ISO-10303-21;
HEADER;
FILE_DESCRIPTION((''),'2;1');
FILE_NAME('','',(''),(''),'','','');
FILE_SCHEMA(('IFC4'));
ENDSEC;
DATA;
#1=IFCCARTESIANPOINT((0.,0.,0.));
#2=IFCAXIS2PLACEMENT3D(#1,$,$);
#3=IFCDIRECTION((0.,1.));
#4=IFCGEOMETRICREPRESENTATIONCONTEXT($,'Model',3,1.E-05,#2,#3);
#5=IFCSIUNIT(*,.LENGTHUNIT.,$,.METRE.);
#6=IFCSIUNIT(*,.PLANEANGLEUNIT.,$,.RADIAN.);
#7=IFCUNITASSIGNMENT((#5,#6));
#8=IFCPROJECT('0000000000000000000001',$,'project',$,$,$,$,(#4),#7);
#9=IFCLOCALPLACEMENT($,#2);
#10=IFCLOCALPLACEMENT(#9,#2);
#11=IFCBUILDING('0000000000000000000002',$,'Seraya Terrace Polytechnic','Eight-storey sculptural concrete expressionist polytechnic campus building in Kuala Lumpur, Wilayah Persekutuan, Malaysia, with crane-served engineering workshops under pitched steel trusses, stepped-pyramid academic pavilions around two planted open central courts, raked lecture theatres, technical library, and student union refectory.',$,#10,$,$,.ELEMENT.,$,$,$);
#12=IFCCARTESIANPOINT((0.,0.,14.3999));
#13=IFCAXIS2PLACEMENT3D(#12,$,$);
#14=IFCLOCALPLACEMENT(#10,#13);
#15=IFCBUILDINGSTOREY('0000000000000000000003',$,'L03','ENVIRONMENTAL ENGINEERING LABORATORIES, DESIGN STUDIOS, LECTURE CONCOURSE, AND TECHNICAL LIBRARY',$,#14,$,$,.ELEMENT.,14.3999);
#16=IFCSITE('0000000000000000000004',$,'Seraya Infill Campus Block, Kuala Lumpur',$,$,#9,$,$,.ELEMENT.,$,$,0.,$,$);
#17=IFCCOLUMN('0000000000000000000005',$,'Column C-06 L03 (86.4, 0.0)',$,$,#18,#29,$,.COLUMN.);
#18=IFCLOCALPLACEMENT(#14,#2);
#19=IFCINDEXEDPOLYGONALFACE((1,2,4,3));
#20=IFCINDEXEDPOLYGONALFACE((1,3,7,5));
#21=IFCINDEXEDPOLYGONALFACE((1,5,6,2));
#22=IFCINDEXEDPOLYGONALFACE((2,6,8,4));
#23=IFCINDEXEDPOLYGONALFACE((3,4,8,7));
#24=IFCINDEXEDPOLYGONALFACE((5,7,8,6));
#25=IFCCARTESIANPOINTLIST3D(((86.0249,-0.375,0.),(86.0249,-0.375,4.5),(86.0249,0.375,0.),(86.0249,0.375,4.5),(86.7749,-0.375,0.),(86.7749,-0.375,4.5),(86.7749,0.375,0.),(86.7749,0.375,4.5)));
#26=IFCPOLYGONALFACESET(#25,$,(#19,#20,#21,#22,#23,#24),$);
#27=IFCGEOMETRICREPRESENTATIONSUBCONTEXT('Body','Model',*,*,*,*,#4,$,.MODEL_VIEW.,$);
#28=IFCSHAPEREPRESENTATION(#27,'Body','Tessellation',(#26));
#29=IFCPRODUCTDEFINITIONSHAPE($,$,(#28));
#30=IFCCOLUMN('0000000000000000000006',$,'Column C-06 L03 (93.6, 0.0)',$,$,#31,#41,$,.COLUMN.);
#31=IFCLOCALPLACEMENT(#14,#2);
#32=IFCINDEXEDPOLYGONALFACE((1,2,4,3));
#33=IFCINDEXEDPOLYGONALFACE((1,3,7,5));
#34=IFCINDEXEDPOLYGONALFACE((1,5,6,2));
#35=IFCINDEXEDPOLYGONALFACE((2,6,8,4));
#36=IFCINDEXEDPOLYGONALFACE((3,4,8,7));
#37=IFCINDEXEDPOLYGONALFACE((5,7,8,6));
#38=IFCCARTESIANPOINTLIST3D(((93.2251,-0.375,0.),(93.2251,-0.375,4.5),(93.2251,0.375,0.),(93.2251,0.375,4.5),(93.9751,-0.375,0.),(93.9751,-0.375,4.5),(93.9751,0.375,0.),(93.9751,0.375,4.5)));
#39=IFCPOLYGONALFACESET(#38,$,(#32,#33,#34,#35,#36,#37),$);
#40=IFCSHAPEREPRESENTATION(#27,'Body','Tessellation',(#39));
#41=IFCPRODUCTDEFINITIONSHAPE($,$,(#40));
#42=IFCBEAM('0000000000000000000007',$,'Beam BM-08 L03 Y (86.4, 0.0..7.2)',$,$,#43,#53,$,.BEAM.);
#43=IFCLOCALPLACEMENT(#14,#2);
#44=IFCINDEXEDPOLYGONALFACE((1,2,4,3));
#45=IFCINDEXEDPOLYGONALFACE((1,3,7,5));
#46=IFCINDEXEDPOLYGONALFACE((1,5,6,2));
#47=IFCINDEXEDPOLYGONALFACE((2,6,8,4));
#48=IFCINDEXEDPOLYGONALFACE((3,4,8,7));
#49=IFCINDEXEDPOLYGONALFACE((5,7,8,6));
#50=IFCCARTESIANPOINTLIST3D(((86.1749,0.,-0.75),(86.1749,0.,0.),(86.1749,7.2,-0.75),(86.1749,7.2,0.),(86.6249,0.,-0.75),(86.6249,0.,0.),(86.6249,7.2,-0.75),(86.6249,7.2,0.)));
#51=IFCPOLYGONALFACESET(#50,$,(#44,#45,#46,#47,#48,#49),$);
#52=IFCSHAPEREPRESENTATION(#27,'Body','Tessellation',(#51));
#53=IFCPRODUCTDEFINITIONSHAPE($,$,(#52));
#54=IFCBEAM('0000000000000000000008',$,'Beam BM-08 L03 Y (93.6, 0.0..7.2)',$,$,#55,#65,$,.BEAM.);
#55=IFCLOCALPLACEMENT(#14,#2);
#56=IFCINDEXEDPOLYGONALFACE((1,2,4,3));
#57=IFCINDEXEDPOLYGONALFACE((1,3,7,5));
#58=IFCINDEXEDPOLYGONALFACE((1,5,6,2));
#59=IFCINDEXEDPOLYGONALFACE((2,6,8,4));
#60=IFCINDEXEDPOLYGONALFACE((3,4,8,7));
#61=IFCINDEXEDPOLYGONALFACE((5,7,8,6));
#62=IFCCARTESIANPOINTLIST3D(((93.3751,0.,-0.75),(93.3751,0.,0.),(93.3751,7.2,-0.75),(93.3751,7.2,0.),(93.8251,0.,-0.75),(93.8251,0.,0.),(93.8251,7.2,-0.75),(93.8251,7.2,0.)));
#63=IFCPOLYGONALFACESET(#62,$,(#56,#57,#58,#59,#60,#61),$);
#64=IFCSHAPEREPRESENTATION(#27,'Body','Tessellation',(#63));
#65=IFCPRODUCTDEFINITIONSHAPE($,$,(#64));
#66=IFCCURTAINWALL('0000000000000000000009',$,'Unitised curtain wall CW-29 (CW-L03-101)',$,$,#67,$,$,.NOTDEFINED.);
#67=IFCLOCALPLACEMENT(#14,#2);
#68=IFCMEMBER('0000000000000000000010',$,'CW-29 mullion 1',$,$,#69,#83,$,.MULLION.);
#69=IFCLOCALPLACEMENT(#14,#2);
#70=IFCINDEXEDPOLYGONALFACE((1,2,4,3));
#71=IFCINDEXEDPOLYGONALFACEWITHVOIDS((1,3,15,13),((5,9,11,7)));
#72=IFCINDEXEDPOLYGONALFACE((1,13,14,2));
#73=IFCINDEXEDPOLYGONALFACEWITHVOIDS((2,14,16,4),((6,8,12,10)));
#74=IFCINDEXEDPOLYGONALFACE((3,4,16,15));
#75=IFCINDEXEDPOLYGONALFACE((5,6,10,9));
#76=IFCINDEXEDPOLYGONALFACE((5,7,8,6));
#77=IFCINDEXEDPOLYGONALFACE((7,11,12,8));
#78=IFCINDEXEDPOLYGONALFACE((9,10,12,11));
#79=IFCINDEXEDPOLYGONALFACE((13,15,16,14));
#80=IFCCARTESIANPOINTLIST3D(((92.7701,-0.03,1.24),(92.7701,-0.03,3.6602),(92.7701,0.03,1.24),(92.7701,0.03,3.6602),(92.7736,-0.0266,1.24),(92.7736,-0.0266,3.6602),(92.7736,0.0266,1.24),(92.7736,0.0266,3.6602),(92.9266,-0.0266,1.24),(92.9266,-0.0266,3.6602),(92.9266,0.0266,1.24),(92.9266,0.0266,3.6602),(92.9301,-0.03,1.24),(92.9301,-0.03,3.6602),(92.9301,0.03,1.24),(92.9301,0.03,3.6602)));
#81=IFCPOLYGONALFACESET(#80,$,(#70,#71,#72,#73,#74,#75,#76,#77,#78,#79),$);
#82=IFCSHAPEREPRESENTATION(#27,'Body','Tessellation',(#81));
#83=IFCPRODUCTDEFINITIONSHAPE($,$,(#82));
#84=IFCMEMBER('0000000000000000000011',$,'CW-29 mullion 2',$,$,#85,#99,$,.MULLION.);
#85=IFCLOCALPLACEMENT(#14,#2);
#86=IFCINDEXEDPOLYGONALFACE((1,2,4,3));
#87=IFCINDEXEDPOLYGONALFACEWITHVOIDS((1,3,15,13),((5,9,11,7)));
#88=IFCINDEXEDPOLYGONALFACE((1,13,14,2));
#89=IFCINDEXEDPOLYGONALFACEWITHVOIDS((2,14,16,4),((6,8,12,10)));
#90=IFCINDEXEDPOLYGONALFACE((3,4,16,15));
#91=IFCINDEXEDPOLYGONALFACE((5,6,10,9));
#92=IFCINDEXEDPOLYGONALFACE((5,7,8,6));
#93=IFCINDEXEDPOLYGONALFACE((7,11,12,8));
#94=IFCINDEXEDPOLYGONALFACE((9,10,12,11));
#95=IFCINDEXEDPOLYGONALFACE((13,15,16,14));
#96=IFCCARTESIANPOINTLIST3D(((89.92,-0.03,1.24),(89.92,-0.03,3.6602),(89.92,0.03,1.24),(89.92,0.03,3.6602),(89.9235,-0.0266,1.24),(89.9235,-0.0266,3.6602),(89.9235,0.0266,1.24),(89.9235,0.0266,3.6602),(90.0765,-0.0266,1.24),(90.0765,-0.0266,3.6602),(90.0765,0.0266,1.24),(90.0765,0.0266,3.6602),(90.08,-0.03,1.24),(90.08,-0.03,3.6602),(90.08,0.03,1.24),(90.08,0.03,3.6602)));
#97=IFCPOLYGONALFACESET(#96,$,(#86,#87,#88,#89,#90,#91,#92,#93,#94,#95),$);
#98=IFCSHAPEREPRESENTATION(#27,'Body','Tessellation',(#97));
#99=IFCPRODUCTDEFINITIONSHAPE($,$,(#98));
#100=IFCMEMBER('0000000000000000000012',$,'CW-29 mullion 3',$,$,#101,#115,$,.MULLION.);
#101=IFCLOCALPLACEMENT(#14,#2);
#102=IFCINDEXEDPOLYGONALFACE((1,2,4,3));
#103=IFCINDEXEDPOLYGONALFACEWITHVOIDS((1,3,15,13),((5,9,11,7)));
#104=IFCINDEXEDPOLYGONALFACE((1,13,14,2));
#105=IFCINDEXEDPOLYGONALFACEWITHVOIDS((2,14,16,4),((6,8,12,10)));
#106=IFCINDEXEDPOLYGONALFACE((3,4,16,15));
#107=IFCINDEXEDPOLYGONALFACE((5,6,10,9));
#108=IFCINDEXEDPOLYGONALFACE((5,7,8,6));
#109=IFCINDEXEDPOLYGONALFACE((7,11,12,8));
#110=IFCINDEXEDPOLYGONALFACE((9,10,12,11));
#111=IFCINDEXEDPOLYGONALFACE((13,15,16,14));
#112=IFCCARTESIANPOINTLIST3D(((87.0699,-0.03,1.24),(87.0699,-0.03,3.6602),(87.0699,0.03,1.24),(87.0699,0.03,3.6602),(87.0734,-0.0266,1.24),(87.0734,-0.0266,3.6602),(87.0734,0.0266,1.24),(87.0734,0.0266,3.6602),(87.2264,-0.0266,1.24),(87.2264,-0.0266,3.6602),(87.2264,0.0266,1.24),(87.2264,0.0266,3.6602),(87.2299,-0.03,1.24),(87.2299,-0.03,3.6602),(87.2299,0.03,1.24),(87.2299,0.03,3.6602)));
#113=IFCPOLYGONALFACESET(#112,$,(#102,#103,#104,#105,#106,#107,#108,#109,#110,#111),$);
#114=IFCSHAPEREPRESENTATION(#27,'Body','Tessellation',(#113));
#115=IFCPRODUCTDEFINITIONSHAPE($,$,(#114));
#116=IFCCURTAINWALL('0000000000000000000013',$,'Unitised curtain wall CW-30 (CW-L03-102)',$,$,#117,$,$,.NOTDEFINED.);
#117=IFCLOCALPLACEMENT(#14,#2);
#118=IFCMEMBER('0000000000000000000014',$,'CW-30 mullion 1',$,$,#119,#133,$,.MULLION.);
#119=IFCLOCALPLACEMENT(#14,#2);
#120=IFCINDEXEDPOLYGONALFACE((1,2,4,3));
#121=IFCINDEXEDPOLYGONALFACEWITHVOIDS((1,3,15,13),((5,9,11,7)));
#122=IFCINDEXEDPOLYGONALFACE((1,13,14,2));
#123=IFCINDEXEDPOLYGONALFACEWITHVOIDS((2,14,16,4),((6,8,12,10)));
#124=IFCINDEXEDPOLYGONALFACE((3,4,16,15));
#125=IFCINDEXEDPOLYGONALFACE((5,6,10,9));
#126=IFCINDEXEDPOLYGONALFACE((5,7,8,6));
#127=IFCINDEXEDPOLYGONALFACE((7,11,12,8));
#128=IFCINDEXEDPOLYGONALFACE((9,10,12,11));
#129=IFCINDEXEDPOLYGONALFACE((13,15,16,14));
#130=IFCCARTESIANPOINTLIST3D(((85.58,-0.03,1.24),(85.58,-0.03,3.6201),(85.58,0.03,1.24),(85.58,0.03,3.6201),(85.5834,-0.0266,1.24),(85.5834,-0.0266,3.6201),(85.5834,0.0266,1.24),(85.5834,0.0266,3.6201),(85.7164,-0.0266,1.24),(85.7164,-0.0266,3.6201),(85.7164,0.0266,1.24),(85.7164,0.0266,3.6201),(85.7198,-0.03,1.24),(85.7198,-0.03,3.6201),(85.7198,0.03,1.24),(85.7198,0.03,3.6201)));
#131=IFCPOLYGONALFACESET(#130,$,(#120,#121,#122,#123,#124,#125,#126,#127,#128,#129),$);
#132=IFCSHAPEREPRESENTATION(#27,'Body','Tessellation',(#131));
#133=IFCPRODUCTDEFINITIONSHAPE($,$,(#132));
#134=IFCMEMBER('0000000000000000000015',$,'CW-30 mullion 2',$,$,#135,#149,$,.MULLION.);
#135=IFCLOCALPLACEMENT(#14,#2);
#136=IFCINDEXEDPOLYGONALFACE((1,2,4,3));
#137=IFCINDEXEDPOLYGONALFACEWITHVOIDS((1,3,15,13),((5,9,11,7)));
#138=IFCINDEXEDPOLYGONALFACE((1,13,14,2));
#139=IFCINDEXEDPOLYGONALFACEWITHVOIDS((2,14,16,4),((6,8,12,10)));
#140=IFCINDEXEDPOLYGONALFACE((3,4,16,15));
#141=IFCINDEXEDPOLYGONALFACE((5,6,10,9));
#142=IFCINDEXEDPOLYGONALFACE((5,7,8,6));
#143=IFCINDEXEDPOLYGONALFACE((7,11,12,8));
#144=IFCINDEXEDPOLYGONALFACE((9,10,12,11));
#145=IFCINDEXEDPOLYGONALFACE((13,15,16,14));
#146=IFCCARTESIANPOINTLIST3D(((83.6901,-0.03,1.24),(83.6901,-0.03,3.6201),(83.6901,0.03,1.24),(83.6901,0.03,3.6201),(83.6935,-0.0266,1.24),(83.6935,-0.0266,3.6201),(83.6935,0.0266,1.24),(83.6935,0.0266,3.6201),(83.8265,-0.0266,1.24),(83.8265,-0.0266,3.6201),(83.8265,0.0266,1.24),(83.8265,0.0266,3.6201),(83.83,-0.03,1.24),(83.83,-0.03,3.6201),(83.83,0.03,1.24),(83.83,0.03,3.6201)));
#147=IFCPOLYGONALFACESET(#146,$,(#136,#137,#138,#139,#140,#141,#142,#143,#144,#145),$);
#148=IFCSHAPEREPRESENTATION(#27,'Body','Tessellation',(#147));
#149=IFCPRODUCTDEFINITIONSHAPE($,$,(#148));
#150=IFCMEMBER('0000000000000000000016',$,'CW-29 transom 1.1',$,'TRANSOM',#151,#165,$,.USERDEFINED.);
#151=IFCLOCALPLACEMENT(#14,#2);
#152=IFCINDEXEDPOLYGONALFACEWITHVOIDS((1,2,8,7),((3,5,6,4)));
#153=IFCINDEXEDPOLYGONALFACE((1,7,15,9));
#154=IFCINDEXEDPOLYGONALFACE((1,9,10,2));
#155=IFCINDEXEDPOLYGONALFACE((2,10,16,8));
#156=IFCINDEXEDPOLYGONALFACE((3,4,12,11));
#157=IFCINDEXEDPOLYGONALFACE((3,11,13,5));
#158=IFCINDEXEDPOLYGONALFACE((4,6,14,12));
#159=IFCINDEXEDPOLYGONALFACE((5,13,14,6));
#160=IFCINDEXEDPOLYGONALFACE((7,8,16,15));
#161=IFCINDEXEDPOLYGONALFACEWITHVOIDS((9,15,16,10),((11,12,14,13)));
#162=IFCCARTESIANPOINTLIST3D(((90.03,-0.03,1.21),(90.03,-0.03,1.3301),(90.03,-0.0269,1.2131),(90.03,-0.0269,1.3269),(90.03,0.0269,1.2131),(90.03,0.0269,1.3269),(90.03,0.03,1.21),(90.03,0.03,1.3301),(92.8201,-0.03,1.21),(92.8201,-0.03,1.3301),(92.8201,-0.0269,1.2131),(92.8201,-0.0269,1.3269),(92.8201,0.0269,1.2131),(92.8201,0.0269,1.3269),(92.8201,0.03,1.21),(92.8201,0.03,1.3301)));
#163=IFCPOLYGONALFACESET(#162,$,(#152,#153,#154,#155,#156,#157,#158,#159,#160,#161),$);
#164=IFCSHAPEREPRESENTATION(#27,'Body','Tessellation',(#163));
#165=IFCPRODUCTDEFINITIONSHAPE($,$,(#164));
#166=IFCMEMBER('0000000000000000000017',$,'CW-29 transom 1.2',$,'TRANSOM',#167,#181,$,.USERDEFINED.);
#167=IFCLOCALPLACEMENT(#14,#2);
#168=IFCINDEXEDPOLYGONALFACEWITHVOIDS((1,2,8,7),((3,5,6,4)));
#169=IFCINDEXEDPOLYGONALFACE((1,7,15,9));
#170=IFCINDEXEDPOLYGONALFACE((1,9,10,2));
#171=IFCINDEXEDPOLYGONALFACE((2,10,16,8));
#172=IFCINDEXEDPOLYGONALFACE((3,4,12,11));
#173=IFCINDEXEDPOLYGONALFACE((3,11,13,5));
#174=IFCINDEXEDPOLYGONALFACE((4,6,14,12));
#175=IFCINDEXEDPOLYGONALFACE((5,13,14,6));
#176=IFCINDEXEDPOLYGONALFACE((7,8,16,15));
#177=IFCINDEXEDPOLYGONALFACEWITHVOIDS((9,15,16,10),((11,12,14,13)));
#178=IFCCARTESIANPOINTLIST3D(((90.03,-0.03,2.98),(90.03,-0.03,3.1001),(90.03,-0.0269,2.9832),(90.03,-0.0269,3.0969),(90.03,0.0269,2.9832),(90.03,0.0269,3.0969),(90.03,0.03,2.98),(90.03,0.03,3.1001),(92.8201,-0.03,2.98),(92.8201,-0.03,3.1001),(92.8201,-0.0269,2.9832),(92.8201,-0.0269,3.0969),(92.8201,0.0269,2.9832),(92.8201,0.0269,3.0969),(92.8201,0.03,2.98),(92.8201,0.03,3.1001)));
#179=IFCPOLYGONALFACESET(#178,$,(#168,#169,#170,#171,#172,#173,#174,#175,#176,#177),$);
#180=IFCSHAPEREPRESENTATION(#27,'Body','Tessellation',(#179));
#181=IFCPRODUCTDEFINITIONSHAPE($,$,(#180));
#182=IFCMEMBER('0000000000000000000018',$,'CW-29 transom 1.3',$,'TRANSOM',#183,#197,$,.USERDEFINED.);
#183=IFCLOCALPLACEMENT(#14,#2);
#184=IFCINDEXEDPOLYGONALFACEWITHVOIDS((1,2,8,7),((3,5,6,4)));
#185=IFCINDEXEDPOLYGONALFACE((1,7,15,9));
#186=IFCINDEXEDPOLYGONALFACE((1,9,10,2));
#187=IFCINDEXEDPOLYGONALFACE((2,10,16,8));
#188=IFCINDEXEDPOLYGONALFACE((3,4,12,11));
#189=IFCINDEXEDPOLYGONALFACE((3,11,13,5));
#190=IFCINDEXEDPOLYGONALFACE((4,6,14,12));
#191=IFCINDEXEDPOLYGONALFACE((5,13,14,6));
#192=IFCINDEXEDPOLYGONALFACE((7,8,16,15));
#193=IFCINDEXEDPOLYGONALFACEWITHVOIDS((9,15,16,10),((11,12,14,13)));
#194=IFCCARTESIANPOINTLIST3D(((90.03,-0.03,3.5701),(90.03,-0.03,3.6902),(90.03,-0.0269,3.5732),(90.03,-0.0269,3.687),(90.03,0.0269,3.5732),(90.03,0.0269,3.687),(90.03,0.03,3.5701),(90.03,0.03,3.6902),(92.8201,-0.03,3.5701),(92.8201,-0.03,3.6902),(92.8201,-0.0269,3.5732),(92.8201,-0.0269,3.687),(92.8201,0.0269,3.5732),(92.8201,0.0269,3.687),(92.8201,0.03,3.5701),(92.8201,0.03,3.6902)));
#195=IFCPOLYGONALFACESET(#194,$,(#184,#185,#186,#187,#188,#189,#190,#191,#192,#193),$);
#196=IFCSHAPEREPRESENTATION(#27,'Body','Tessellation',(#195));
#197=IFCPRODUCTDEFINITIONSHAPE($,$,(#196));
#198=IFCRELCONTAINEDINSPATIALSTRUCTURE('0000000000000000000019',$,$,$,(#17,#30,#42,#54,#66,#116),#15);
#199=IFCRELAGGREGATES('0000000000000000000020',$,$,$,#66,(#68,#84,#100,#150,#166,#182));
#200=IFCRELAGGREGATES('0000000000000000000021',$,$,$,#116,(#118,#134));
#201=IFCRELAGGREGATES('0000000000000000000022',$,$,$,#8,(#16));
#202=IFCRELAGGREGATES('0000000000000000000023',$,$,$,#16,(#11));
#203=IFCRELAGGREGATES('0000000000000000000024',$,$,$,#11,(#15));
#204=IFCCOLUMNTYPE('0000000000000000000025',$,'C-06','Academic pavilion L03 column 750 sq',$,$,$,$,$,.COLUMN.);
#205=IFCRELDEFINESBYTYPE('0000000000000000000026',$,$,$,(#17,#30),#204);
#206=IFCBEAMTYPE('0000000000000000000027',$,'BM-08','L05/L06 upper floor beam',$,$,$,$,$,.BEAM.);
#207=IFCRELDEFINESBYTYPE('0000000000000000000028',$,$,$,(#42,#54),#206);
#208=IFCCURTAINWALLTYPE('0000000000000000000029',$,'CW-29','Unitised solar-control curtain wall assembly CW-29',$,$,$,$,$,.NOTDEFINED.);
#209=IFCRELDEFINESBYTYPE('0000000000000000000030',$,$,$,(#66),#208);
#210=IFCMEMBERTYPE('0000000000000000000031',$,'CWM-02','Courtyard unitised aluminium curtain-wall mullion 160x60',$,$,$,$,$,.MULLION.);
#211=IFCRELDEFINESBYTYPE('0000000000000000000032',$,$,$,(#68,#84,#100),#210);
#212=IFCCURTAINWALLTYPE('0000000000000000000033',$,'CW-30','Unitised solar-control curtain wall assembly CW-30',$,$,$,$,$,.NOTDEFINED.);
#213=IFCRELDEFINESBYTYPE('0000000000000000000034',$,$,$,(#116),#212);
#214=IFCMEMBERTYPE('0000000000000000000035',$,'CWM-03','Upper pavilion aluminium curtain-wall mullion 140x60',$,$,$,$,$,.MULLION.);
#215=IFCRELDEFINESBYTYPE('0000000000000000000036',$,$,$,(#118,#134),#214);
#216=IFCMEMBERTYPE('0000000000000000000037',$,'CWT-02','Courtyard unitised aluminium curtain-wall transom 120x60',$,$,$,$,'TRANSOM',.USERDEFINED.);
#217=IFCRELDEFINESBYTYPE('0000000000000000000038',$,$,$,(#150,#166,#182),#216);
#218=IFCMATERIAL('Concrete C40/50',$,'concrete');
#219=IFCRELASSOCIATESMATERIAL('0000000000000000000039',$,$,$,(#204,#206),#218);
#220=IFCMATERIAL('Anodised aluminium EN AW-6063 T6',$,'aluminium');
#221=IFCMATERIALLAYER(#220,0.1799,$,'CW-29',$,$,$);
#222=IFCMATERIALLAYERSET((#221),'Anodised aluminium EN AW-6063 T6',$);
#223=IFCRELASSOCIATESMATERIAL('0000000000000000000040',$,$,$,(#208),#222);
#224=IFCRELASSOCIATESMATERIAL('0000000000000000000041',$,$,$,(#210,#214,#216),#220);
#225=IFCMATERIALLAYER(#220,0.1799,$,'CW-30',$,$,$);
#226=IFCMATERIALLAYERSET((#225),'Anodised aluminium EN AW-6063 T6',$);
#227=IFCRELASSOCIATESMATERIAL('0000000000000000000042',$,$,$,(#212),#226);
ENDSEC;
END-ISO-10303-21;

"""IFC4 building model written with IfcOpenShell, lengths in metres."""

from ifc_helpers import new_model, si_unit, direction, frame, origin, origin_2d, place, context, subcontext, project, spatial, rectangle, hollow_rectangle, extrude, material, layer, layer_set, material_profile, profile_set, type_object, element, aggregate, save


model = new_model("IFC4")

# Units and contexts
model_context = context("Model", 3, precision=1e-05, world=origin(), true_north=direction((0.0, 1.0)))
body_context = subcontext(model_context, "Body", "Model", "MODEL_VIEW")
ifc_project = project(units=[si_unit("LENGTHUNIT", "METRE"), si_unit("PLANEANGLEUNIT", "RADIAN")], contexts=[model_context])

# Site, building, storey
site_placement = place(None, origin())
site = spatial("IfcSite", under=ifc_project, at=site_placement, Name="Seraya Infill Campus Block, Kuala Lumpur", CompositionType="ELEMENT", RefElevation=0.0)
building_placement = place(site_placement, origin())
building = spatial("IfcBuilding", under=site, at=building_placement, Name="Seraya Terrace Polytechnic", Description="Eight-storey sculptural concrete expressionist polytechnic campus building in Kuala Lumpur, Wilayah Persekutuan, Malaysia, with crane-served engineering workshops under pitched steel trusses, stepped-pyramid academic pavilions around two planted open central courts, raked lecture theatres, technical library, and student union refectory.", CompositionType="ELEMENT")
storey_placement = place(building_placement, frame((0.0, 0.0, 14.3999)))
storey = spatial("IfcBuildingStorey", under=building, at=storey_placement, Name="L03", Description="ENVIRONMENTAL ENGINEERING LABORATORIES, DESIGN STUDIOS, LECTURE CONCOURSE, AND TECHNICAL LIBRARY", CompositionType="ELEMENT", Elevation=14.3999)

# Columns
ifc_material_1 = material(Name="Concrete C40/50", Category="concrete")
ifc_material_profile_1 = material_profile(ifc_material_1, rectangle(XDim=0.75, YDim=0.75, at=origin_2d()), Name="RC 750x750")
ifc_profile_set_1 = profile_set([ifc_material_profile_1], Name="Concrete C40/50")
column_type = type_object("IfcColumnType", Name="C-06", Description="Academic pavilion L03 column 750 sq", PredefinedType="COLUMN", material=ifc_profile_set_1)
for number, where, z_axis, x_axis, name in (
    (1, (86.3999, 0.0, 0.0), (0.0, 0.0, 1.0), (1.0, 0.0, 0.0), "Column C-06 L03 (86.4, 0.0)"),
    (2, (93.6001, 0.0, 0.0), (0.0, 0.0, 1.0), (1.0, 0.0, 0.0), "Column C-06 L03 (93.6, 0.0)"),
):
    element("IfcColumn", number, at=place(storey_placement, frame(where, z_axis=z_axis, x_axis=x_axis)), inside=storey, type_object=column_type, Name=name, PredefinedType="COLUMN", context=body_context, shape_type="SweptSolid", body=[
        extrude(rectangle(XDim=0.75, YDim=0.75, at=origin_2d()), origin(), (0.0, 0.0, 1.0), 4.5),
    ])

# Beams
ifc_material_profile_2 = material_profile(ifc_material_1, rectangle(XDim=0.45, YDim=0.75, at=origin_2d()), Name="RC 450x750")
ifc_profile_set_2 = profile_set([ifc_material_profile_2], Name="Concrete C40/50")
beam_type_1 = type_object("IfcBeamType", Name="BM-08", Description="L05/L06 upper floor beam", PredefinedType="BEAM", material=ifc_profile_set_2)
for number, where, z_axis, x_axis, name in (
    (3, (86.3999, 0.0, -0.375), (0.0, 1.0, 0.0), (-1.0, 0.0, 0.0), "Beam BM-08 L03 Y (86.4, 0.0..7.2)"),
    (4, (93.6001, 0.0, -0.375), (0.0, 1.0, 0.0), (-1.0, 0.0, 0.0), "Beam BM-08 L03 Y (93.6, 0.0..7.2)"),
):
    element("IfcBeam", number, at=place(storey_placement, frame(where, z_axis=z_axis, x_axis=x_axis)), inside=storey, type_object=beam_type_1, Name=name, PredefinedType="BEAM", context=body_context, shape_type="SweptSolid", body=[
        extrude(rectangle(XDim=0.45, YDim=0.75, at=origin_2d()), origin(), (0.0, 0.0, 1.0), 7.2),
    ])

# Curtain walls, members
ifc_material_2 = material(Name="Anodised aluminium EN AW-6063 T6", Category="aluminium")
ifc_layer_1 = layer(ifc_material_2, 0.1799, Name="CW-29")
ifc_layer_set_1 = layer_set([ifc_layer_1], Name="Anodised aluminium EN AW-6063 T6")
curtain_wall_type_1 = type_object("IfcCurtainWallType", Name="CW-29", Description="Unitised solar-control curtain wall assembly CW-29", PredefinedType="NOTDEFINED", material=ifc_layer_set_1)
curtain_wall_1_placement = place(storey_placement, origin())
curtain_wall_1 = element("IfcCurtainWall", 5, at=curtain_wall_1_placement, inside=storey, type_object=curtain_wall_type_1, Name="Unitised curtain wall CW-29 (CW-L03-101)", PredefinedType="NOTDEFINED")
ifc_material_profile_3 = material_profile(ifc_material_2, hollow_rectangle(XDim=0.0601, YDim=0.1599, WallThickness=0.0034, at=origin_2d()), Name="RHS 160x60x3.5")
ifc_profile_set_3 = profile_set([ifc_material_profile_3], Name="Anodised aluminium EN AW-6063 T6")
member_type_1 = type_object("IfcMemberType", Name="CWM-02", Description="Courtyard unitised aluminium curtain-wall mullion 160x60", PredefinedType="MULLION", material=ifc_profile_set_3)
member_1_placement = place(storey_placement, frame((92.8501, 0.0, 1.24), z_axis=(0.0, 0.0, 1.0), x_axis=(0.0, -1.0, 0.0)))
member_1 = element("IfcMember", 6, at=member_1_placement, type_object=member_type_1, Name="CW-29 mullion 1", PredefinedType="MULLION", context=body_context, shape_type="SweptSolid", body=[
    extrude(hollow_rectangle(XDim=0.0601, YDim=0.1599, WallThickness=0.0034, at=origin_2d()), origin(), (0.0, 0.0, 1.0), 2.4202),
])
member_2_placement = place(storey_placement, frame((90.0, 0.0, 1.24), z_axis=(0.0, 0.0, 1.0), x_axis=(0.0, -1.0, 0.0)))
member_2 = element("IfcMember", 7, at=member_2_placement, type_object=member_type_1, Name="CW-29 mullion 2", PredefinedType="MULLION", context=body_context, shape_type="SweptSolid", body=[
    extrude(hollow_rectangle(XDim=0.0601, YDim=0.1599, WallThickness=0.0034, at=origin_2d()), origin(), (0.0, 0.0, 1.0), 2.4202),
])
member_3_placement = place(storey_placement, frame((87.1499, 0.0, 1.24), z_axis=(0.0, 0.0, 1.0), x_axis=(0.0, -1.0, 0.0)))
member_3 = element("IfcMember", 8, at=member_3_placement, type_object=member_type_1, Name="CW-29 mullion 3", PredefinedType="MULLION", context=body_context, shape_type="SweptSolid", body=[
    extrude(hollow_rectangle(XDim=0.0601, YDim=0.1599, WallThickness=0.0034, at=origin_2d()), origin(), (0.0, 0.0, 1.0), 2.4202),
])
ifc_layer_2 = layer(ifc_material_2, 0.1799, Name="CW-30")
ifc_layer_set_2 = layer_set([ifc_layer_2], Name="Anodised aluminium EN AW-6063 T6")
curtain_wall_type_2 = type_object("IfcCurtainWallType", Name="CW-30", Description="Unitised solar-control curtain wall assembly CW-30", PredefinedType="NOTDEFINED", material=ifc_layer_set_2)
curtain_wall_2_placement = place(storey_placement, origin())
curtain_wall_2 = element("IfcCurtainWall", 9, at=curtain_wall_2_placement, inside=storey, type_object=curtain_wall_type_2, Name="Unitised curtain wall CW-30 (CW-L03-102)", PredefinedType="NOTDEFINED")
ifc_material_profile_4 = material_profile(ifc_material_2, hollow_rectangle(XDim=0.0601, YDim=0.1399, WallThickness=0.0034, at=origin_2d()), Name="RHS 140x60x3.5")
ifc_profile_set_4 = profile_set([ifc_material_profile_4], Name="Anodised aluminium EN AW-6063 T6")
member_type_2 = type_object("IfcMemberType", Name="CWM-03", Description="Upper pavilion aluminium curtain-wall mullion 140x60", PredefinedType="MULLION", material=ifc_profile_set_4)
member_4_placement = place(storey_placement, frame((85.6499, 0.0, 1.24), z_axis=(0.0, 0.0, 1.0), x_axis=(0.0, -1.0, 0.0)))
member_4 = element("IfcMember", 10, at=member_4_placement, type_object=member_type_2, Name="CW-30 mullion 1", PredefinedType="MULLION", context=body_context, shape_type="SweptSolid", body=[
    extrude(hollow_rectangle(XDim=0.0601, YDim=0.1399, WallThickness=0.0034, at=origin_2d()), origin(), (0.0, 0.0, 1.0), 2.3801),
])
member_5_placement = place(storey_placement, frame((83.76, 0.0, 1.24), z_axis=(0.0, 0.0, 1.0), x_axis=(0.0, -1.0, 0.0)))
member_5 = element("IfcMember", 11, at=member_5_placement, type_object=member_type_2, Name="CW-30 mullion 2", PredefinedType="MULLION", context=body_context, shape_type="SweptSolid", body=[
    extrude(hollow_rectangle(XDim=0.0601, YDim=0.1399, WallThickness=0.0034, at=origin_2d()), origin(), (0.0, 0.0, 1.0), 2.3801),
])

# Members
ifc_material_profile_5 = material_profile(ifc_material_2, hollow_rectangle(XDim=0.0601, YDim=0.1201, WallThickness=0.0032, at=origin_2d()), Name="RHS 120x60x3.2")
ifc_profile_set_5 = profile_set([ifc_material_profile_5], Name="Anodised aluminium EN AW-6063 T6")
member_type_3 = type_object("IfcMemberType", Name="CWT-02", Description="Courtyard unitised aluminium curtain-wall transom 120x60", ElementType="TRANSOM", PredefinedType="USERDEFINED", material=ifc_profile_set_5)
member_6_placement = place(storey_placement, frame((92.8201, 0.0, 1.27), z_axis=(-1.0, 0.0, 0.0), x_axis=(0.0, -1.0, 0.0)))
member_6 = element("IfcMember", 12, at=member_6_placement, type_object=member_type_3, Name="CW-29 transom 1.1", ObjectType="TRANSOM", PredefinedType="USERDEFINED", context=body_context, shape_type="SweptSolid", body=[
    extrude(hollow_rectangle(XDim=0.0601, YDim=0.1201, WallThickness=0.0032, at=origin_2d()), origin(), (0.0, 0.0, 1.0), 2.79),
])
member_7_placement = place(storey_placement, frame((92.8201, 0.0, 3.04), z_axis=(-1.0, 0.0, 0.0), x_axis=(0.0, -1.0, 0.0)))
member_7 = element("IfcMember", 13, at=member_7_placement, type_object=member_type_3, Name="CW-29 transom 1.2", ObjectType="TRANSOM", PredefinedType="USERDEFINED", context=body_context, shape_type="SweptSolid", body=[
    extrude(hollow_rectangle(XDim=0.0601, YDim=0.1201, WallThickness=0.0032, at=origin_2d()), origin(), (0.0, 0.0, 1.0), 2.79),
])
member_8_placement = place(storey_placement, frame((92.8201, 0.0, 3.6301), z_axis=(-1.0, 0.0, 0.0), x_axis=(0.0, -1.0, 0.0)))
member_8 = element("IfcMember", 14, at=member_8_placement, type_object=member_type_3, Name="CW-29 transom 1.3", ObjectType="TRANSOM", PredefinedType="USERDEFINED", context=body_context, shape_type="SweptSolid", body=[
    extrude(hollow_rectangle(XDim=0.0601, YDim=0.1201, WallThickness=0.0032, at=origin_2d()), origin(), (0.0, 0.0, 1.0), 2.79),
])

aggregate(curtain_wall_1, [member_1, member_2, member_3, member_6, member_7, member_8])
aggregate(curtain_wall_2, [member_4, member_5])

save(model, "model.ifc")
